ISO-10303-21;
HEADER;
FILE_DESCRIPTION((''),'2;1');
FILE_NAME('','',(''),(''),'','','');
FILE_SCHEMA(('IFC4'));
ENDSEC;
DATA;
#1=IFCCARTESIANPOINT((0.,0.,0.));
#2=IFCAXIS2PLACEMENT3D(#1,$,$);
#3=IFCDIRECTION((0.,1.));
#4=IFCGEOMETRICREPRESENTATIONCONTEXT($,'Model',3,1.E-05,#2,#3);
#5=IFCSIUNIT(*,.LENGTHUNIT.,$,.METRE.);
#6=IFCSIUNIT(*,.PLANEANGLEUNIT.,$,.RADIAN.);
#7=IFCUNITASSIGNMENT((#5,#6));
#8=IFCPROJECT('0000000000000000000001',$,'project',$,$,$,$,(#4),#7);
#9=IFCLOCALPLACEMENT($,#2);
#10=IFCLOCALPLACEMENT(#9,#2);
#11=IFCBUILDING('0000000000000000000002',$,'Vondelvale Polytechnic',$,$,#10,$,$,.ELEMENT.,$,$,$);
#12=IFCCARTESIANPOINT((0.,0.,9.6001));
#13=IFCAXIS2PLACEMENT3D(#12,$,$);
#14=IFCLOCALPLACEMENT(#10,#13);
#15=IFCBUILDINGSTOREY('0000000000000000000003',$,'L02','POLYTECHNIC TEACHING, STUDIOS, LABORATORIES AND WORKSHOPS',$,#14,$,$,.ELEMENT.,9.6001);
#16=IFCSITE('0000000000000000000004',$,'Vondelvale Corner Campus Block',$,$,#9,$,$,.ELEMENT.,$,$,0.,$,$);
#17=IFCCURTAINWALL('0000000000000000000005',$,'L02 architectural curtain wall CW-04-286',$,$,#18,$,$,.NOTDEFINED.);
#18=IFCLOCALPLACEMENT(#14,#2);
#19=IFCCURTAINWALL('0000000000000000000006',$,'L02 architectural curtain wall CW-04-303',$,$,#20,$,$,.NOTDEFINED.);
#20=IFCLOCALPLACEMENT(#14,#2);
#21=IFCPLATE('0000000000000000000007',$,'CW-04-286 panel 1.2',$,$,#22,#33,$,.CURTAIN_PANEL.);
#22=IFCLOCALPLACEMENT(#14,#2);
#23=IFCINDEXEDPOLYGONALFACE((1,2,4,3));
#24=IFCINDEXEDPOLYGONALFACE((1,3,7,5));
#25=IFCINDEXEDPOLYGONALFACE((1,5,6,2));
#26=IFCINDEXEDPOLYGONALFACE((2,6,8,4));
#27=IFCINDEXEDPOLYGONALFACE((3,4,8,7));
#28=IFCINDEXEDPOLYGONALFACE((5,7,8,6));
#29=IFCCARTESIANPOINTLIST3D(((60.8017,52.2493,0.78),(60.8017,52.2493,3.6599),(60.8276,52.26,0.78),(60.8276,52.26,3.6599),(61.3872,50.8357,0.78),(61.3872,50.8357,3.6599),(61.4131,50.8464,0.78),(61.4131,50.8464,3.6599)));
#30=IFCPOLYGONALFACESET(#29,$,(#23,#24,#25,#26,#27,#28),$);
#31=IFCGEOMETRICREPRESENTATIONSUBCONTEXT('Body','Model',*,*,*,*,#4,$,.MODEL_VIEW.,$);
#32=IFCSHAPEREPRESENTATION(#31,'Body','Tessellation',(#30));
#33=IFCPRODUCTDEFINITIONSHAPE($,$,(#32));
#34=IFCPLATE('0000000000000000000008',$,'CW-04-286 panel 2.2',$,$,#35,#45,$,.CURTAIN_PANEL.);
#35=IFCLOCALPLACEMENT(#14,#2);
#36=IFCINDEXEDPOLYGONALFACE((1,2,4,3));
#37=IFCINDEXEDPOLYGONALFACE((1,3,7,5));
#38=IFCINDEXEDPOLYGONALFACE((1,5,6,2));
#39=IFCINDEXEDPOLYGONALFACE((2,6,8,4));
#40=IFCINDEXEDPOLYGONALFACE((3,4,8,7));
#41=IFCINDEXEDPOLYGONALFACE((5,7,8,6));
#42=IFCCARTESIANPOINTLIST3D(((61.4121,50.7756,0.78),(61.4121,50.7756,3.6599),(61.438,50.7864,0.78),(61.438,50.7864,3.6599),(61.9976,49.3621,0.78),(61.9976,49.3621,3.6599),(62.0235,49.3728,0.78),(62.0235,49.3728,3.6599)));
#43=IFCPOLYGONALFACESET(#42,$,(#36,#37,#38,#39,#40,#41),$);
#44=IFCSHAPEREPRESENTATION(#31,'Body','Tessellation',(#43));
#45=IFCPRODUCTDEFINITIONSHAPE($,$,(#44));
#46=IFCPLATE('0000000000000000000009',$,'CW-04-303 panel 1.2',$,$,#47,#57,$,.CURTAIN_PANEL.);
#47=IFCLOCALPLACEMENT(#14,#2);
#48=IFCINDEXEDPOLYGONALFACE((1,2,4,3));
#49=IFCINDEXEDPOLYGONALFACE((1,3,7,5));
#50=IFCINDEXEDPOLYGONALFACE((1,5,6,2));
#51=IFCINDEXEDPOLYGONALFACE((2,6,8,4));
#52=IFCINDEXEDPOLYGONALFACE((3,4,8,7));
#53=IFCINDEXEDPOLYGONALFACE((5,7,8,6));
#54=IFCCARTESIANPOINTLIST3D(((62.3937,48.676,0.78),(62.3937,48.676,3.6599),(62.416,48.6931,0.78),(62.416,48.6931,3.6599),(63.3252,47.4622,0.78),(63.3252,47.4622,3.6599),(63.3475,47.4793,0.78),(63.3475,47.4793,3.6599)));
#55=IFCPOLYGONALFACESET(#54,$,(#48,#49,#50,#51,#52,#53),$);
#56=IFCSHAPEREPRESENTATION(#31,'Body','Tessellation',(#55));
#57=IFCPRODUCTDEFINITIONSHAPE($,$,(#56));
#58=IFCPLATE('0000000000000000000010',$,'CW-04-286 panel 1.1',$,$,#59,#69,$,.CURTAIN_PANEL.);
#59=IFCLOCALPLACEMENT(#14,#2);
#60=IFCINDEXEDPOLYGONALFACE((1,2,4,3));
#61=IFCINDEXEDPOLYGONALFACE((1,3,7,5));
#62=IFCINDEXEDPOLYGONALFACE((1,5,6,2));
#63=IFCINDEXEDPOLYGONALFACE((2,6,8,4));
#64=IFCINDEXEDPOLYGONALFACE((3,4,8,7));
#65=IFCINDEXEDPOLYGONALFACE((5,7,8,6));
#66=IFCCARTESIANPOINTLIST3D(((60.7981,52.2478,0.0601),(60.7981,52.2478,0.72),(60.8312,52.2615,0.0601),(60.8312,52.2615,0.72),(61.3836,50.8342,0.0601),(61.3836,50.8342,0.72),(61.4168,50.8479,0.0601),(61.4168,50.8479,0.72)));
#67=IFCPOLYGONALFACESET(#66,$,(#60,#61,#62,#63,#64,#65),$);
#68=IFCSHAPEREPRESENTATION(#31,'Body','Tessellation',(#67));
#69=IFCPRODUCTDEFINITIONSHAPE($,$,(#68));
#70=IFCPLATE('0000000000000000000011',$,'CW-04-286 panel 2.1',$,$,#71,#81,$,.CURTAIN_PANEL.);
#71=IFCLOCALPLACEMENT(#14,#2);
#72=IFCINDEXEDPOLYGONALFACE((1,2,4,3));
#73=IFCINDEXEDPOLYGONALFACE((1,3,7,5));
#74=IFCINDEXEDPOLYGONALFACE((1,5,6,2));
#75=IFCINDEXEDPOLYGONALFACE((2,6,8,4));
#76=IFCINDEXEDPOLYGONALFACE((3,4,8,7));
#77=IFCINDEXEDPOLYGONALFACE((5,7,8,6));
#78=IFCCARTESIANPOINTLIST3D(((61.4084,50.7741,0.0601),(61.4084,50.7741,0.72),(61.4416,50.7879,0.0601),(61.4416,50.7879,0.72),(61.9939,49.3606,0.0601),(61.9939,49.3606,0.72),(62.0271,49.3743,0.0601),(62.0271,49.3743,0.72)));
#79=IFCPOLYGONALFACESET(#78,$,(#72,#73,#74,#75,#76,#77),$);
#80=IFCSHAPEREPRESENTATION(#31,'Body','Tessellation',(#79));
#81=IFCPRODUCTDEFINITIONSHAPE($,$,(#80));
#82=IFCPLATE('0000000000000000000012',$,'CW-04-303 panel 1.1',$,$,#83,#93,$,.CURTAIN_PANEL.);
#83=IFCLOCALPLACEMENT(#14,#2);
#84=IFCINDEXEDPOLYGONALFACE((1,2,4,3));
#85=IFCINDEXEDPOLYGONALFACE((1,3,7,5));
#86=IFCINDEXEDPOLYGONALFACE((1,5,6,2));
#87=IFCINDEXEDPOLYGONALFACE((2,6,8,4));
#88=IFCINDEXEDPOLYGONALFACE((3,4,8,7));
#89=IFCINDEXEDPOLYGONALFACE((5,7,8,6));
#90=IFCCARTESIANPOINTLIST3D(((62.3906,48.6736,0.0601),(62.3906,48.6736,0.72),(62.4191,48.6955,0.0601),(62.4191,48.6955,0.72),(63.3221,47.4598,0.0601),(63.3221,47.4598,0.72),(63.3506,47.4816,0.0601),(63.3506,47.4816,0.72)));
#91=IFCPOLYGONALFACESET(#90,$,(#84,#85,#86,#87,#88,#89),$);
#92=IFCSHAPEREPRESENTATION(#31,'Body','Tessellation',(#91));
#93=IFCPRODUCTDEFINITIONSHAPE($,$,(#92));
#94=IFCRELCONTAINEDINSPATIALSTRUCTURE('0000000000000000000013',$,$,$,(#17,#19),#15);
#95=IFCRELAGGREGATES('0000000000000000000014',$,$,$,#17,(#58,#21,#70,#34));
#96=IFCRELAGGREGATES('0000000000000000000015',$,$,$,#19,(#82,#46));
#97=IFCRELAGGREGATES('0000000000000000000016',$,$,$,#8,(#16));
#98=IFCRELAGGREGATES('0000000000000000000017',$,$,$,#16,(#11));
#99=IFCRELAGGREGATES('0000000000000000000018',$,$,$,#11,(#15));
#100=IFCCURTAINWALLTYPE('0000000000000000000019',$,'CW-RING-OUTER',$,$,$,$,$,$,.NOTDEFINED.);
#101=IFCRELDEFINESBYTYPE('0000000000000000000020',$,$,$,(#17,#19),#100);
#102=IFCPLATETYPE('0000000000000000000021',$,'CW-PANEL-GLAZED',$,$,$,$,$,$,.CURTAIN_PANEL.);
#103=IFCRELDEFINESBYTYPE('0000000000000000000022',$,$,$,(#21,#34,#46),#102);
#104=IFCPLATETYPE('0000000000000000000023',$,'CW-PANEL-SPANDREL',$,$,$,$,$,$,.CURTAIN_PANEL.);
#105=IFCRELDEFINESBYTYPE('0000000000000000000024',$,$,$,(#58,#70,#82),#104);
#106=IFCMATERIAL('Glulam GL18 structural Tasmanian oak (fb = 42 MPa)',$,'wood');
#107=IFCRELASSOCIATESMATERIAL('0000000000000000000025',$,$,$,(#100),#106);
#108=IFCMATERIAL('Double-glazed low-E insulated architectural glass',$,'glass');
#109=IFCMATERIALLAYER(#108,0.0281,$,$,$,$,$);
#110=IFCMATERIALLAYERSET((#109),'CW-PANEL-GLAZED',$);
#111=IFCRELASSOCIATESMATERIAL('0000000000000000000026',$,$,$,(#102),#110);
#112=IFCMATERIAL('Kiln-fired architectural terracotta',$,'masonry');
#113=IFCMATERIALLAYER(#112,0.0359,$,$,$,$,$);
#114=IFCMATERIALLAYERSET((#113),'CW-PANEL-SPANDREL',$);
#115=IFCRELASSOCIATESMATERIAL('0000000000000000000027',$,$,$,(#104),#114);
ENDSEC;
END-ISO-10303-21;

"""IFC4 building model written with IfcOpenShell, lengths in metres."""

from ifc_helpers import new_model, si_unit, direction, frame, origin, origin_2d, place, context, subcontext, project, spatial, rectangle, extrude, material, layer, layer_set, type_object, element, aggregate, save


model = new_model("IFC4")

# Units and contexts
model_context = context("Model", 3, precision=1e-05, world=origin(), true_north=direction((0.0, 1.0)))
body_context = subcontext(model_context, "Body", "Model", "MODEL_VIEW")
ifc_project = project(units=[si_unit("LENGTHUNIT", "METRE"), si_unit("PLANEANGLEUNIT", "RADIAN")], contexts=[model_context])

# Site, building, storey
site_placement = place(None, origin())
site = spatial("IfcSite", under=ifc_project, at=site_placement, Name="Vondelvale Corner Campus Block", CompositionType="ELEMENT", RefElevation=0.0)
building_placement = place(site_placement, origin())
building = spatial("IfcBuilding", under=site, at=building_placement, Name="Vondelvale Polytechnic", CompositionType="ELEMENT")
storey_placement = place(building_placement, frame((0.0, 0.0, 9.6001)))
storey = spatial("IfcBuildingStorey", under=building, at=storey_placement, Name="L02", Description="POLYTECHNIC TEACHING, STUDIOS, LABORATORIES AND WORKSHOPS", CompositionType="ELEMENT", Elevation=9.6001)

# Curtain walls
ifc_material_1 = material(Name="Glulam GL18 structural Tasmanian oak (fb = 42 MPa)", Category="wood")
curtain_wall_type = type_object("IfcCurtainWallType", Name="CW-RING-OUTER", PredefinedType="NOTDEFINED", material=ifc_material_1)
curtain_wall_1_placement = place(storey_placement, origin())
curtain_wall_1 = element("IfcCurtainWall", 1, at=curtain_wall_1_placement, inside=storey, type_object=curtain_wall_type, Name="L02 architectural curtain wall CW-04-286", PredefinedType="NOTDEFINED")
curtain_wall_2_placement = place(storey_placement, origin())
curtain_wall_2 = element("IfcCurtainWall", 2, at=curtain_wall_2_placement, inside=storey, type_object=curtain_wall_type, Name="L02 architectural curtain wall CW-04-303", PredefinedType="NOTDEFINED")

# Plates
ifc_material_2 = material(Name="Double-glazed low-E insulated architectural glass", Category="glass")
ifc_layer_1 = layer(ifc_material_2, 0.0281)
ifc_layer_set_1 = layer_set([ifc_layer_1], Name="CW-PANEL-GLAZED")
plate_type_1 = type_object("IfcPlateType", Name="CW-PANEL-GLAZED", PredefinedType="CURTAIN_PANEL", material=ifc_layer_set_1)
plate_1_placement = place(storey_placement, frame((61.1074, 51.5479, 0.78), z_axis=(0.0, 0.0, 1.0), x_axis=(0.382677, -0.923882, 0.0)))
plate_1 = element("IfcPlate", 3, at=plate_1_placement, type_object=plate_type_1, Name="CW-04-286 panel 1.2", PredefinedType="CURTAIN_PANEL", context=body_context, shape_type="SweptSolid", body=[
    extrude(rectangle(XDim=1.53, YDim=0.0281, at=origin_2d()), origin(), (0.0, 0.0, 1.0), 2.8799),
])
plate_2_placement = place(storey_placement, frame((61.7178, 50.0742, 0.78), z_axis=(0.0, 0.0, 1.0), x_axis=(0.382677, -0.923882, 0.0)))
plate_2 = element("IfcPlate", 4, at=plate_2_placement, type_object=plate_type_1, Name="CW-04-286 panel 2.2", PredefinedType="CURTAIN_PANEL", context=body_context, shape_type="SweptSolid", body=[
    extrude(rectangle(XDim=1.53, YDim=0.0281, at=origin_2d()), origin(), (0.0, 0.0, 1.0), 2.8799),
])
plate_3_placement = place(storey_placement, frame((62.8706, 48.0776, 0.78), z_axis=(0.0, 0.0, 1.0), x_axis=(0.608787, -0.793334, 0.0)))
plate_3 = element("IfcPlate", 5, at=plate_3_placement, type_object=plate_type_1, Name="CW-04-303 panel 1.2", PredefinedType="CURTAIN_PANEL", context=body_context, shape_type="SweptSolid", body=[
    extrude(rectangle(XDim=1.53, YDim=0.0281, at=origin_2d()), origin(), (0.0, 0.0, 1.0), 2.8799),
])
ifc_material_3 = material(Name="Kiln-fired architectural terracotta", Category="masonry")
ifc_layer_2 = layer(ifc_material_3, 0.0359)
ifc_layer_set_2 = layer_set([ifc_layer_2], Name="CW-PANEL-SPANDREL")
plate_type_2 = type_object("IfcPlateType", Name="CW-PANEL-SPANDREL", PredefinedType="CURTAIN_PANEL", material=ifc_layer_set_2)
plate_4_placement = place(storey_placement, frame((61.1074, 51.5479, 0.0601), z_axis=(0.0, 0.0, 1.0), x_axis=(0.382677, -0.923882, 0.0)))
plate_4 = element("IfcPlate", 6, at=plate_4_placement, type_object=plate_type_2, Name="CW-04-286 panel 1.1", PredefinedType="CURTAIN_PANEL", context=body_context, shape_type="SweptSolid", body=[
    extrude(rectangle(XDim=1.53, YDim=0.0359, at=origin_2d()), origin(), (0.0, 0.0, 1.0), 0.6599),
])
plate_5_placement = place(storey_placement, frame((61.7178, 50.0742, 0.0601), z_axis=(0.0, 0.0, 1.0), x_axis=(0.382677, -0.923882, 0.0)))
plate_5 = element("IfcPlate", 7, at=plate_5_placement, type_object=plate_type_2, Name="CW-04-286 panel 2.1", PredefinedType="CURTAIN_PANEL", context=body_context, shape_type="SweptSolid", body=[
    extrude(rectangle(XDim=1.53, YDim=0.0359, at=origin_2d()), origin(), (0.0, 0.0, 1.0), 0.6599),
])
aggregate(curtain_wall_1, [plate_4, plate_1, plate_5, plate_2])
plate_6_placement = place(storey_placement, frame((62.8706, 48.0776, 0.0601), z_axis=(0.0, 0.0, 1.0), x_axis=(0.608787, -0.793334, 0.0)))
plate_6 = element("IfcPlate", 8, at=plate_6_placement, type_object=plate_type_2, Name="CW-04-303 panel 1.1", PredefinedType="CURTAIN_PANEL", context=body_context, shape_type="SweptSolid", body=[
    extrude(rectangle(XDim=1.53, YDim=0.0359, at=origin_2d()), origin(), (0.0, 0.0, 1.0), 0.6599),
])
aggregate(curtain_wall_2, [plate_6, plate_3])

save(model, "model.ifc")
